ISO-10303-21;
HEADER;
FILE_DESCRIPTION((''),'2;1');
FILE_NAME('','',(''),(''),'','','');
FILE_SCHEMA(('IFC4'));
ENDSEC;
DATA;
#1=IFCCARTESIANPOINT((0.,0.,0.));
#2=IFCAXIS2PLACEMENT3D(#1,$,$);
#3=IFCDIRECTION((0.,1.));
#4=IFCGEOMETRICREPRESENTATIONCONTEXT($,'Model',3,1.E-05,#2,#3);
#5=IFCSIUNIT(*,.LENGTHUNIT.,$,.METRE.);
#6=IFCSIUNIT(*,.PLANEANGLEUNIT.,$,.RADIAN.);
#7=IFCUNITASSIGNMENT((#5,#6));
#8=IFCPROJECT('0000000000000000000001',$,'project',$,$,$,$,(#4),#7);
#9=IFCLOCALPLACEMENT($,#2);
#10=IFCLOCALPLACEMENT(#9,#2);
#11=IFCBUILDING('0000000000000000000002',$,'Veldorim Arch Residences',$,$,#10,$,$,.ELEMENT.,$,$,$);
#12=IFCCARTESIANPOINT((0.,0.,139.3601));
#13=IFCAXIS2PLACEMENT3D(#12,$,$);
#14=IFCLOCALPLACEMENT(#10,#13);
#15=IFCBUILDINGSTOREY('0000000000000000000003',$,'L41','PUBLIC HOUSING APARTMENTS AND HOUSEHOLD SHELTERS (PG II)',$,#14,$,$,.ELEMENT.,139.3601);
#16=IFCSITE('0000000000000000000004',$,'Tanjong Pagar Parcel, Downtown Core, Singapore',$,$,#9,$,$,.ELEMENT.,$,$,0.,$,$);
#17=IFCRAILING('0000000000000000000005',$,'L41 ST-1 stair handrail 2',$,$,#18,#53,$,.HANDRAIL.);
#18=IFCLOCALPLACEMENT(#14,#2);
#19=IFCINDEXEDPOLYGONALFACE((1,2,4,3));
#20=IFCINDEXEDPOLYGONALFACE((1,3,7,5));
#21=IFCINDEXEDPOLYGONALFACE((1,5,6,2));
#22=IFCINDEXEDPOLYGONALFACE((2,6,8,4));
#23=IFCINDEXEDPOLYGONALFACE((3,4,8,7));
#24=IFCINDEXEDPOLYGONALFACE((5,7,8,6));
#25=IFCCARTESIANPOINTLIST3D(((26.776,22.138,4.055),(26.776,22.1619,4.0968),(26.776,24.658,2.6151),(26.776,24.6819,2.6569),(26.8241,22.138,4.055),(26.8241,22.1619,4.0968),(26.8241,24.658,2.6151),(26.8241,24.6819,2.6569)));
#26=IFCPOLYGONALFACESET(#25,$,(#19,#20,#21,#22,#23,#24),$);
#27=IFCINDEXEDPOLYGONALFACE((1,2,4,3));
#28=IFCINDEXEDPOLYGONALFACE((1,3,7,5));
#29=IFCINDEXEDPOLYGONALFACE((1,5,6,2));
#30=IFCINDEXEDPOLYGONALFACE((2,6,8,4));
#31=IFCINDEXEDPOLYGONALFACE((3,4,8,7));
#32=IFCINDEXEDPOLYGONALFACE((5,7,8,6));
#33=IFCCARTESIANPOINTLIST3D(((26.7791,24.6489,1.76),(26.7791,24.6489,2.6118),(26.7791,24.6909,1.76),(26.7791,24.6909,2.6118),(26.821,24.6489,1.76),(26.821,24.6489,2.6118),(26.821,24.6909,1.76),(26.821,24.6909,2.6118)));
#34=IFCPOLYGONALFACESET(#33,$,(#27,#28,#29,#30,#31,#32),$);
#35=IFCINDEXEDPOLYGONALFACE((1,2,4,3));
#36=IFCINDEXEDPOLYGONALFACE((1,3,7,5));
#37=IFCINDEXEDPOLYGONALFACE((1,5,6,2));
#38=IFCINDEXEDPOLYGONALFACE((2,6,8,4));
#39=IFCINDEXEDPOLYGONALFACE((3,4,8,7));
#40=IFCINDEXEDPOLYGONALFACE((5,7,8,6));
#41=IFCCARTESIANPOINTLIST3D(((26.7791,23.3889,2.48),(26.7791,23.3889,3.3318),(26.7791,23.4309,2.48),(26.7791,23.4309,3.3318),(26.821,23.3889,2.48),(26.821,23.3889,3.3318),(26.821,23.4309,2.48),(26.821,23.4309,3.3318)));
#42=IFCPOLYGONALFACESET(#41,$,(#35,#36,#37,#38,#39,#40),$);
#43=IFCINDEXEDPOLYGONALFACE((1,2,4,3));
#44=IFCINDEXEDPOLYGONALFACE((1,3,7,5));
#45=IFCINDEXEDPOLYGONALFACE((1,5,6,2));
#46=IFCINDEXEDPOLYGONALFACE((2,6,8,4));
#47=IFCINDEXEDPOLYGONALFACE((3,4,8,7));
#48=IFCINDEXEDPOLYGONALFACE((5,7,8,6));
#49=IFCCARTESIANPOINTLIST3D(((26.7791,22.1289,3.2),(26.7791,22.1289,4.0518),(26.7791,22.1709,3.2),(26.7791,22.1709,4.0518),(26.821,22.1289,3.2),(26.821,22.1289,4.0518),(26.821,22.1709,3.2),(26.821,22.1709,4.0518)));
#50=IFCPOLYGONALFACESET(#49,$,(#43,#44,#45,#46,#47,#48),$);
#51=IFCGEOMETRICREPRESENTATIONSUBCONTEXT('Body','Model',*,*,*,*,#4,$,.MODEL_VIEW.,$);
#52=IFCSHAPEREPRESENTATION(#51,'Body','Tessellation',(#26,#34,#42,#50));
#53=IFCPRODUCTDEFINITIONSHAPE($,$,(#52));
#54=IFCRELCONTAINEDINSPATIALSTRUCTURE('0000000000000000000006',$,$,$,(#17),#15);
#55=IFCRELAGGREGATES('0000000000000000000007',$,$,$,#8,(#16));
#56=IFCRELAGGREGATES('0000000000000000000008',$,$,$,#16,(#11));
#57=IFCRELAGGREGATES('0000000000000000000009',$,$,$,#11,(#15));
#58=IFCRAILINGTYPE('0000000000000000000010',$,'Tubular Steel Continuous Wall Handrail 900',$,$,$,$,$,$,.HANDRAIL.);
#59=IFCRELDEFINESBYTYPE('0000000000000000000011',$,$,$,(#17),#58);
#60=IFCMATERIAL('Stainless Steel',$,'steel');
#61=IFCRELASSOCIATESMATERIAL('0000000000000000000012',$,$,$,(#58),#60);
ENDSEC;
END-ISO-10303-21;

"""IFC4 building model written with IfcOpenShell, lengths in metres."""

from ifc_helpers import new_model, si_unit, direction, frame, origin, origin_2d, place, context, subcontext, project, spatial, rectangle, extrude, material, type_object, element, save


model = new_model("IFC4")

# Units and contexts
model_context = context("Model", 3, precision=1e-05, world=origin(), true_north=direction((0.0, 1.0)))
body_context = subcontext(model_context, "Body", "Model", "MODEL_VIEW")
ifc_project = project(units=[si_unit("LENGTHUNIT", "METRE"), si_unit("PLANEANGLEUNIT", "RADIAN")], contexts=[model_context])

# Site, building, storey
site_placement = place(None, origin())
site = spatial("IfcSite", under=ifc_project, at=site_placement, Name="Tanjong Pagar Parcel, Downtown Core, Singapore", CompositionType="ELEMENT", RefElevation=0.0)
building_placement = place(site_placement, origin())
building = spatial("IfcBuilding", under=site, at=building_placement, Name="Veldorim Arch Residences", CompositionType="ELEMENT")
storey_placement = place(building_placement, frame((0.0, 0.0, 139.3601)))
storey = spatial("IfcBuildingStorey", under=building, at=storey_placement, Name="L41", Description="PUBLIC HOUSING APARTMENTS AND HOUSEHOLD SHELTERS (PG II)", CompositionType="ELEMENT", Elevation=139.3601)

# Railing
ifc_material_1 = material(Name="Stainless Steel", Category="steel")
railing_type_1 = type_object("IfcRailingType", Name="Tubular Steel Continuous Wall Handrail 900", PredefinedType="HANDRAIL", material=ifc_material_1)
railing_1_placement = place(storey_placement, frame((26.8, 24.6699, 1.76)))
element("IfcRailing", 1, at=railing_1_placement, inside=storey, type_object=railing_type_1, Name="L41 ST-1 stair handrail 2", PredefinedType="HANDRAIL", context=body_context, shape_type="SweptSolid", body=[
    extrude(rectangle(XDim=0.0481, YDim=0.0481, at=origin_2d()), frame((0.0, 0.0, 0.876), z_axis=(0.0, -0.868253, 0.496121), x_axis=(1.0, 0.0, 0.0)), (0.0, 0.0, 1.0), 2.9023),
    extrude(rectangle(XDim=0.042, YDim=0.042, at=origin_2d()), origin(), (0.0, 0.0, 1.0), 0.8518),
    extrude(rectangle(XDim=0.042, YDim=0.042, at=origin_2d()), frame((0.0, -1.26, 0.72)), (0.0, 0.0, 1.0), 0.8518),
    extrude(rectangle(XDim=0.042, YDim=0.042, at=origin_2d()), frame((0.0, -2.52, 1.4399)), (0.0, 0.0, 1.0), 0.8518),
])

save(model, "model.ifc")
